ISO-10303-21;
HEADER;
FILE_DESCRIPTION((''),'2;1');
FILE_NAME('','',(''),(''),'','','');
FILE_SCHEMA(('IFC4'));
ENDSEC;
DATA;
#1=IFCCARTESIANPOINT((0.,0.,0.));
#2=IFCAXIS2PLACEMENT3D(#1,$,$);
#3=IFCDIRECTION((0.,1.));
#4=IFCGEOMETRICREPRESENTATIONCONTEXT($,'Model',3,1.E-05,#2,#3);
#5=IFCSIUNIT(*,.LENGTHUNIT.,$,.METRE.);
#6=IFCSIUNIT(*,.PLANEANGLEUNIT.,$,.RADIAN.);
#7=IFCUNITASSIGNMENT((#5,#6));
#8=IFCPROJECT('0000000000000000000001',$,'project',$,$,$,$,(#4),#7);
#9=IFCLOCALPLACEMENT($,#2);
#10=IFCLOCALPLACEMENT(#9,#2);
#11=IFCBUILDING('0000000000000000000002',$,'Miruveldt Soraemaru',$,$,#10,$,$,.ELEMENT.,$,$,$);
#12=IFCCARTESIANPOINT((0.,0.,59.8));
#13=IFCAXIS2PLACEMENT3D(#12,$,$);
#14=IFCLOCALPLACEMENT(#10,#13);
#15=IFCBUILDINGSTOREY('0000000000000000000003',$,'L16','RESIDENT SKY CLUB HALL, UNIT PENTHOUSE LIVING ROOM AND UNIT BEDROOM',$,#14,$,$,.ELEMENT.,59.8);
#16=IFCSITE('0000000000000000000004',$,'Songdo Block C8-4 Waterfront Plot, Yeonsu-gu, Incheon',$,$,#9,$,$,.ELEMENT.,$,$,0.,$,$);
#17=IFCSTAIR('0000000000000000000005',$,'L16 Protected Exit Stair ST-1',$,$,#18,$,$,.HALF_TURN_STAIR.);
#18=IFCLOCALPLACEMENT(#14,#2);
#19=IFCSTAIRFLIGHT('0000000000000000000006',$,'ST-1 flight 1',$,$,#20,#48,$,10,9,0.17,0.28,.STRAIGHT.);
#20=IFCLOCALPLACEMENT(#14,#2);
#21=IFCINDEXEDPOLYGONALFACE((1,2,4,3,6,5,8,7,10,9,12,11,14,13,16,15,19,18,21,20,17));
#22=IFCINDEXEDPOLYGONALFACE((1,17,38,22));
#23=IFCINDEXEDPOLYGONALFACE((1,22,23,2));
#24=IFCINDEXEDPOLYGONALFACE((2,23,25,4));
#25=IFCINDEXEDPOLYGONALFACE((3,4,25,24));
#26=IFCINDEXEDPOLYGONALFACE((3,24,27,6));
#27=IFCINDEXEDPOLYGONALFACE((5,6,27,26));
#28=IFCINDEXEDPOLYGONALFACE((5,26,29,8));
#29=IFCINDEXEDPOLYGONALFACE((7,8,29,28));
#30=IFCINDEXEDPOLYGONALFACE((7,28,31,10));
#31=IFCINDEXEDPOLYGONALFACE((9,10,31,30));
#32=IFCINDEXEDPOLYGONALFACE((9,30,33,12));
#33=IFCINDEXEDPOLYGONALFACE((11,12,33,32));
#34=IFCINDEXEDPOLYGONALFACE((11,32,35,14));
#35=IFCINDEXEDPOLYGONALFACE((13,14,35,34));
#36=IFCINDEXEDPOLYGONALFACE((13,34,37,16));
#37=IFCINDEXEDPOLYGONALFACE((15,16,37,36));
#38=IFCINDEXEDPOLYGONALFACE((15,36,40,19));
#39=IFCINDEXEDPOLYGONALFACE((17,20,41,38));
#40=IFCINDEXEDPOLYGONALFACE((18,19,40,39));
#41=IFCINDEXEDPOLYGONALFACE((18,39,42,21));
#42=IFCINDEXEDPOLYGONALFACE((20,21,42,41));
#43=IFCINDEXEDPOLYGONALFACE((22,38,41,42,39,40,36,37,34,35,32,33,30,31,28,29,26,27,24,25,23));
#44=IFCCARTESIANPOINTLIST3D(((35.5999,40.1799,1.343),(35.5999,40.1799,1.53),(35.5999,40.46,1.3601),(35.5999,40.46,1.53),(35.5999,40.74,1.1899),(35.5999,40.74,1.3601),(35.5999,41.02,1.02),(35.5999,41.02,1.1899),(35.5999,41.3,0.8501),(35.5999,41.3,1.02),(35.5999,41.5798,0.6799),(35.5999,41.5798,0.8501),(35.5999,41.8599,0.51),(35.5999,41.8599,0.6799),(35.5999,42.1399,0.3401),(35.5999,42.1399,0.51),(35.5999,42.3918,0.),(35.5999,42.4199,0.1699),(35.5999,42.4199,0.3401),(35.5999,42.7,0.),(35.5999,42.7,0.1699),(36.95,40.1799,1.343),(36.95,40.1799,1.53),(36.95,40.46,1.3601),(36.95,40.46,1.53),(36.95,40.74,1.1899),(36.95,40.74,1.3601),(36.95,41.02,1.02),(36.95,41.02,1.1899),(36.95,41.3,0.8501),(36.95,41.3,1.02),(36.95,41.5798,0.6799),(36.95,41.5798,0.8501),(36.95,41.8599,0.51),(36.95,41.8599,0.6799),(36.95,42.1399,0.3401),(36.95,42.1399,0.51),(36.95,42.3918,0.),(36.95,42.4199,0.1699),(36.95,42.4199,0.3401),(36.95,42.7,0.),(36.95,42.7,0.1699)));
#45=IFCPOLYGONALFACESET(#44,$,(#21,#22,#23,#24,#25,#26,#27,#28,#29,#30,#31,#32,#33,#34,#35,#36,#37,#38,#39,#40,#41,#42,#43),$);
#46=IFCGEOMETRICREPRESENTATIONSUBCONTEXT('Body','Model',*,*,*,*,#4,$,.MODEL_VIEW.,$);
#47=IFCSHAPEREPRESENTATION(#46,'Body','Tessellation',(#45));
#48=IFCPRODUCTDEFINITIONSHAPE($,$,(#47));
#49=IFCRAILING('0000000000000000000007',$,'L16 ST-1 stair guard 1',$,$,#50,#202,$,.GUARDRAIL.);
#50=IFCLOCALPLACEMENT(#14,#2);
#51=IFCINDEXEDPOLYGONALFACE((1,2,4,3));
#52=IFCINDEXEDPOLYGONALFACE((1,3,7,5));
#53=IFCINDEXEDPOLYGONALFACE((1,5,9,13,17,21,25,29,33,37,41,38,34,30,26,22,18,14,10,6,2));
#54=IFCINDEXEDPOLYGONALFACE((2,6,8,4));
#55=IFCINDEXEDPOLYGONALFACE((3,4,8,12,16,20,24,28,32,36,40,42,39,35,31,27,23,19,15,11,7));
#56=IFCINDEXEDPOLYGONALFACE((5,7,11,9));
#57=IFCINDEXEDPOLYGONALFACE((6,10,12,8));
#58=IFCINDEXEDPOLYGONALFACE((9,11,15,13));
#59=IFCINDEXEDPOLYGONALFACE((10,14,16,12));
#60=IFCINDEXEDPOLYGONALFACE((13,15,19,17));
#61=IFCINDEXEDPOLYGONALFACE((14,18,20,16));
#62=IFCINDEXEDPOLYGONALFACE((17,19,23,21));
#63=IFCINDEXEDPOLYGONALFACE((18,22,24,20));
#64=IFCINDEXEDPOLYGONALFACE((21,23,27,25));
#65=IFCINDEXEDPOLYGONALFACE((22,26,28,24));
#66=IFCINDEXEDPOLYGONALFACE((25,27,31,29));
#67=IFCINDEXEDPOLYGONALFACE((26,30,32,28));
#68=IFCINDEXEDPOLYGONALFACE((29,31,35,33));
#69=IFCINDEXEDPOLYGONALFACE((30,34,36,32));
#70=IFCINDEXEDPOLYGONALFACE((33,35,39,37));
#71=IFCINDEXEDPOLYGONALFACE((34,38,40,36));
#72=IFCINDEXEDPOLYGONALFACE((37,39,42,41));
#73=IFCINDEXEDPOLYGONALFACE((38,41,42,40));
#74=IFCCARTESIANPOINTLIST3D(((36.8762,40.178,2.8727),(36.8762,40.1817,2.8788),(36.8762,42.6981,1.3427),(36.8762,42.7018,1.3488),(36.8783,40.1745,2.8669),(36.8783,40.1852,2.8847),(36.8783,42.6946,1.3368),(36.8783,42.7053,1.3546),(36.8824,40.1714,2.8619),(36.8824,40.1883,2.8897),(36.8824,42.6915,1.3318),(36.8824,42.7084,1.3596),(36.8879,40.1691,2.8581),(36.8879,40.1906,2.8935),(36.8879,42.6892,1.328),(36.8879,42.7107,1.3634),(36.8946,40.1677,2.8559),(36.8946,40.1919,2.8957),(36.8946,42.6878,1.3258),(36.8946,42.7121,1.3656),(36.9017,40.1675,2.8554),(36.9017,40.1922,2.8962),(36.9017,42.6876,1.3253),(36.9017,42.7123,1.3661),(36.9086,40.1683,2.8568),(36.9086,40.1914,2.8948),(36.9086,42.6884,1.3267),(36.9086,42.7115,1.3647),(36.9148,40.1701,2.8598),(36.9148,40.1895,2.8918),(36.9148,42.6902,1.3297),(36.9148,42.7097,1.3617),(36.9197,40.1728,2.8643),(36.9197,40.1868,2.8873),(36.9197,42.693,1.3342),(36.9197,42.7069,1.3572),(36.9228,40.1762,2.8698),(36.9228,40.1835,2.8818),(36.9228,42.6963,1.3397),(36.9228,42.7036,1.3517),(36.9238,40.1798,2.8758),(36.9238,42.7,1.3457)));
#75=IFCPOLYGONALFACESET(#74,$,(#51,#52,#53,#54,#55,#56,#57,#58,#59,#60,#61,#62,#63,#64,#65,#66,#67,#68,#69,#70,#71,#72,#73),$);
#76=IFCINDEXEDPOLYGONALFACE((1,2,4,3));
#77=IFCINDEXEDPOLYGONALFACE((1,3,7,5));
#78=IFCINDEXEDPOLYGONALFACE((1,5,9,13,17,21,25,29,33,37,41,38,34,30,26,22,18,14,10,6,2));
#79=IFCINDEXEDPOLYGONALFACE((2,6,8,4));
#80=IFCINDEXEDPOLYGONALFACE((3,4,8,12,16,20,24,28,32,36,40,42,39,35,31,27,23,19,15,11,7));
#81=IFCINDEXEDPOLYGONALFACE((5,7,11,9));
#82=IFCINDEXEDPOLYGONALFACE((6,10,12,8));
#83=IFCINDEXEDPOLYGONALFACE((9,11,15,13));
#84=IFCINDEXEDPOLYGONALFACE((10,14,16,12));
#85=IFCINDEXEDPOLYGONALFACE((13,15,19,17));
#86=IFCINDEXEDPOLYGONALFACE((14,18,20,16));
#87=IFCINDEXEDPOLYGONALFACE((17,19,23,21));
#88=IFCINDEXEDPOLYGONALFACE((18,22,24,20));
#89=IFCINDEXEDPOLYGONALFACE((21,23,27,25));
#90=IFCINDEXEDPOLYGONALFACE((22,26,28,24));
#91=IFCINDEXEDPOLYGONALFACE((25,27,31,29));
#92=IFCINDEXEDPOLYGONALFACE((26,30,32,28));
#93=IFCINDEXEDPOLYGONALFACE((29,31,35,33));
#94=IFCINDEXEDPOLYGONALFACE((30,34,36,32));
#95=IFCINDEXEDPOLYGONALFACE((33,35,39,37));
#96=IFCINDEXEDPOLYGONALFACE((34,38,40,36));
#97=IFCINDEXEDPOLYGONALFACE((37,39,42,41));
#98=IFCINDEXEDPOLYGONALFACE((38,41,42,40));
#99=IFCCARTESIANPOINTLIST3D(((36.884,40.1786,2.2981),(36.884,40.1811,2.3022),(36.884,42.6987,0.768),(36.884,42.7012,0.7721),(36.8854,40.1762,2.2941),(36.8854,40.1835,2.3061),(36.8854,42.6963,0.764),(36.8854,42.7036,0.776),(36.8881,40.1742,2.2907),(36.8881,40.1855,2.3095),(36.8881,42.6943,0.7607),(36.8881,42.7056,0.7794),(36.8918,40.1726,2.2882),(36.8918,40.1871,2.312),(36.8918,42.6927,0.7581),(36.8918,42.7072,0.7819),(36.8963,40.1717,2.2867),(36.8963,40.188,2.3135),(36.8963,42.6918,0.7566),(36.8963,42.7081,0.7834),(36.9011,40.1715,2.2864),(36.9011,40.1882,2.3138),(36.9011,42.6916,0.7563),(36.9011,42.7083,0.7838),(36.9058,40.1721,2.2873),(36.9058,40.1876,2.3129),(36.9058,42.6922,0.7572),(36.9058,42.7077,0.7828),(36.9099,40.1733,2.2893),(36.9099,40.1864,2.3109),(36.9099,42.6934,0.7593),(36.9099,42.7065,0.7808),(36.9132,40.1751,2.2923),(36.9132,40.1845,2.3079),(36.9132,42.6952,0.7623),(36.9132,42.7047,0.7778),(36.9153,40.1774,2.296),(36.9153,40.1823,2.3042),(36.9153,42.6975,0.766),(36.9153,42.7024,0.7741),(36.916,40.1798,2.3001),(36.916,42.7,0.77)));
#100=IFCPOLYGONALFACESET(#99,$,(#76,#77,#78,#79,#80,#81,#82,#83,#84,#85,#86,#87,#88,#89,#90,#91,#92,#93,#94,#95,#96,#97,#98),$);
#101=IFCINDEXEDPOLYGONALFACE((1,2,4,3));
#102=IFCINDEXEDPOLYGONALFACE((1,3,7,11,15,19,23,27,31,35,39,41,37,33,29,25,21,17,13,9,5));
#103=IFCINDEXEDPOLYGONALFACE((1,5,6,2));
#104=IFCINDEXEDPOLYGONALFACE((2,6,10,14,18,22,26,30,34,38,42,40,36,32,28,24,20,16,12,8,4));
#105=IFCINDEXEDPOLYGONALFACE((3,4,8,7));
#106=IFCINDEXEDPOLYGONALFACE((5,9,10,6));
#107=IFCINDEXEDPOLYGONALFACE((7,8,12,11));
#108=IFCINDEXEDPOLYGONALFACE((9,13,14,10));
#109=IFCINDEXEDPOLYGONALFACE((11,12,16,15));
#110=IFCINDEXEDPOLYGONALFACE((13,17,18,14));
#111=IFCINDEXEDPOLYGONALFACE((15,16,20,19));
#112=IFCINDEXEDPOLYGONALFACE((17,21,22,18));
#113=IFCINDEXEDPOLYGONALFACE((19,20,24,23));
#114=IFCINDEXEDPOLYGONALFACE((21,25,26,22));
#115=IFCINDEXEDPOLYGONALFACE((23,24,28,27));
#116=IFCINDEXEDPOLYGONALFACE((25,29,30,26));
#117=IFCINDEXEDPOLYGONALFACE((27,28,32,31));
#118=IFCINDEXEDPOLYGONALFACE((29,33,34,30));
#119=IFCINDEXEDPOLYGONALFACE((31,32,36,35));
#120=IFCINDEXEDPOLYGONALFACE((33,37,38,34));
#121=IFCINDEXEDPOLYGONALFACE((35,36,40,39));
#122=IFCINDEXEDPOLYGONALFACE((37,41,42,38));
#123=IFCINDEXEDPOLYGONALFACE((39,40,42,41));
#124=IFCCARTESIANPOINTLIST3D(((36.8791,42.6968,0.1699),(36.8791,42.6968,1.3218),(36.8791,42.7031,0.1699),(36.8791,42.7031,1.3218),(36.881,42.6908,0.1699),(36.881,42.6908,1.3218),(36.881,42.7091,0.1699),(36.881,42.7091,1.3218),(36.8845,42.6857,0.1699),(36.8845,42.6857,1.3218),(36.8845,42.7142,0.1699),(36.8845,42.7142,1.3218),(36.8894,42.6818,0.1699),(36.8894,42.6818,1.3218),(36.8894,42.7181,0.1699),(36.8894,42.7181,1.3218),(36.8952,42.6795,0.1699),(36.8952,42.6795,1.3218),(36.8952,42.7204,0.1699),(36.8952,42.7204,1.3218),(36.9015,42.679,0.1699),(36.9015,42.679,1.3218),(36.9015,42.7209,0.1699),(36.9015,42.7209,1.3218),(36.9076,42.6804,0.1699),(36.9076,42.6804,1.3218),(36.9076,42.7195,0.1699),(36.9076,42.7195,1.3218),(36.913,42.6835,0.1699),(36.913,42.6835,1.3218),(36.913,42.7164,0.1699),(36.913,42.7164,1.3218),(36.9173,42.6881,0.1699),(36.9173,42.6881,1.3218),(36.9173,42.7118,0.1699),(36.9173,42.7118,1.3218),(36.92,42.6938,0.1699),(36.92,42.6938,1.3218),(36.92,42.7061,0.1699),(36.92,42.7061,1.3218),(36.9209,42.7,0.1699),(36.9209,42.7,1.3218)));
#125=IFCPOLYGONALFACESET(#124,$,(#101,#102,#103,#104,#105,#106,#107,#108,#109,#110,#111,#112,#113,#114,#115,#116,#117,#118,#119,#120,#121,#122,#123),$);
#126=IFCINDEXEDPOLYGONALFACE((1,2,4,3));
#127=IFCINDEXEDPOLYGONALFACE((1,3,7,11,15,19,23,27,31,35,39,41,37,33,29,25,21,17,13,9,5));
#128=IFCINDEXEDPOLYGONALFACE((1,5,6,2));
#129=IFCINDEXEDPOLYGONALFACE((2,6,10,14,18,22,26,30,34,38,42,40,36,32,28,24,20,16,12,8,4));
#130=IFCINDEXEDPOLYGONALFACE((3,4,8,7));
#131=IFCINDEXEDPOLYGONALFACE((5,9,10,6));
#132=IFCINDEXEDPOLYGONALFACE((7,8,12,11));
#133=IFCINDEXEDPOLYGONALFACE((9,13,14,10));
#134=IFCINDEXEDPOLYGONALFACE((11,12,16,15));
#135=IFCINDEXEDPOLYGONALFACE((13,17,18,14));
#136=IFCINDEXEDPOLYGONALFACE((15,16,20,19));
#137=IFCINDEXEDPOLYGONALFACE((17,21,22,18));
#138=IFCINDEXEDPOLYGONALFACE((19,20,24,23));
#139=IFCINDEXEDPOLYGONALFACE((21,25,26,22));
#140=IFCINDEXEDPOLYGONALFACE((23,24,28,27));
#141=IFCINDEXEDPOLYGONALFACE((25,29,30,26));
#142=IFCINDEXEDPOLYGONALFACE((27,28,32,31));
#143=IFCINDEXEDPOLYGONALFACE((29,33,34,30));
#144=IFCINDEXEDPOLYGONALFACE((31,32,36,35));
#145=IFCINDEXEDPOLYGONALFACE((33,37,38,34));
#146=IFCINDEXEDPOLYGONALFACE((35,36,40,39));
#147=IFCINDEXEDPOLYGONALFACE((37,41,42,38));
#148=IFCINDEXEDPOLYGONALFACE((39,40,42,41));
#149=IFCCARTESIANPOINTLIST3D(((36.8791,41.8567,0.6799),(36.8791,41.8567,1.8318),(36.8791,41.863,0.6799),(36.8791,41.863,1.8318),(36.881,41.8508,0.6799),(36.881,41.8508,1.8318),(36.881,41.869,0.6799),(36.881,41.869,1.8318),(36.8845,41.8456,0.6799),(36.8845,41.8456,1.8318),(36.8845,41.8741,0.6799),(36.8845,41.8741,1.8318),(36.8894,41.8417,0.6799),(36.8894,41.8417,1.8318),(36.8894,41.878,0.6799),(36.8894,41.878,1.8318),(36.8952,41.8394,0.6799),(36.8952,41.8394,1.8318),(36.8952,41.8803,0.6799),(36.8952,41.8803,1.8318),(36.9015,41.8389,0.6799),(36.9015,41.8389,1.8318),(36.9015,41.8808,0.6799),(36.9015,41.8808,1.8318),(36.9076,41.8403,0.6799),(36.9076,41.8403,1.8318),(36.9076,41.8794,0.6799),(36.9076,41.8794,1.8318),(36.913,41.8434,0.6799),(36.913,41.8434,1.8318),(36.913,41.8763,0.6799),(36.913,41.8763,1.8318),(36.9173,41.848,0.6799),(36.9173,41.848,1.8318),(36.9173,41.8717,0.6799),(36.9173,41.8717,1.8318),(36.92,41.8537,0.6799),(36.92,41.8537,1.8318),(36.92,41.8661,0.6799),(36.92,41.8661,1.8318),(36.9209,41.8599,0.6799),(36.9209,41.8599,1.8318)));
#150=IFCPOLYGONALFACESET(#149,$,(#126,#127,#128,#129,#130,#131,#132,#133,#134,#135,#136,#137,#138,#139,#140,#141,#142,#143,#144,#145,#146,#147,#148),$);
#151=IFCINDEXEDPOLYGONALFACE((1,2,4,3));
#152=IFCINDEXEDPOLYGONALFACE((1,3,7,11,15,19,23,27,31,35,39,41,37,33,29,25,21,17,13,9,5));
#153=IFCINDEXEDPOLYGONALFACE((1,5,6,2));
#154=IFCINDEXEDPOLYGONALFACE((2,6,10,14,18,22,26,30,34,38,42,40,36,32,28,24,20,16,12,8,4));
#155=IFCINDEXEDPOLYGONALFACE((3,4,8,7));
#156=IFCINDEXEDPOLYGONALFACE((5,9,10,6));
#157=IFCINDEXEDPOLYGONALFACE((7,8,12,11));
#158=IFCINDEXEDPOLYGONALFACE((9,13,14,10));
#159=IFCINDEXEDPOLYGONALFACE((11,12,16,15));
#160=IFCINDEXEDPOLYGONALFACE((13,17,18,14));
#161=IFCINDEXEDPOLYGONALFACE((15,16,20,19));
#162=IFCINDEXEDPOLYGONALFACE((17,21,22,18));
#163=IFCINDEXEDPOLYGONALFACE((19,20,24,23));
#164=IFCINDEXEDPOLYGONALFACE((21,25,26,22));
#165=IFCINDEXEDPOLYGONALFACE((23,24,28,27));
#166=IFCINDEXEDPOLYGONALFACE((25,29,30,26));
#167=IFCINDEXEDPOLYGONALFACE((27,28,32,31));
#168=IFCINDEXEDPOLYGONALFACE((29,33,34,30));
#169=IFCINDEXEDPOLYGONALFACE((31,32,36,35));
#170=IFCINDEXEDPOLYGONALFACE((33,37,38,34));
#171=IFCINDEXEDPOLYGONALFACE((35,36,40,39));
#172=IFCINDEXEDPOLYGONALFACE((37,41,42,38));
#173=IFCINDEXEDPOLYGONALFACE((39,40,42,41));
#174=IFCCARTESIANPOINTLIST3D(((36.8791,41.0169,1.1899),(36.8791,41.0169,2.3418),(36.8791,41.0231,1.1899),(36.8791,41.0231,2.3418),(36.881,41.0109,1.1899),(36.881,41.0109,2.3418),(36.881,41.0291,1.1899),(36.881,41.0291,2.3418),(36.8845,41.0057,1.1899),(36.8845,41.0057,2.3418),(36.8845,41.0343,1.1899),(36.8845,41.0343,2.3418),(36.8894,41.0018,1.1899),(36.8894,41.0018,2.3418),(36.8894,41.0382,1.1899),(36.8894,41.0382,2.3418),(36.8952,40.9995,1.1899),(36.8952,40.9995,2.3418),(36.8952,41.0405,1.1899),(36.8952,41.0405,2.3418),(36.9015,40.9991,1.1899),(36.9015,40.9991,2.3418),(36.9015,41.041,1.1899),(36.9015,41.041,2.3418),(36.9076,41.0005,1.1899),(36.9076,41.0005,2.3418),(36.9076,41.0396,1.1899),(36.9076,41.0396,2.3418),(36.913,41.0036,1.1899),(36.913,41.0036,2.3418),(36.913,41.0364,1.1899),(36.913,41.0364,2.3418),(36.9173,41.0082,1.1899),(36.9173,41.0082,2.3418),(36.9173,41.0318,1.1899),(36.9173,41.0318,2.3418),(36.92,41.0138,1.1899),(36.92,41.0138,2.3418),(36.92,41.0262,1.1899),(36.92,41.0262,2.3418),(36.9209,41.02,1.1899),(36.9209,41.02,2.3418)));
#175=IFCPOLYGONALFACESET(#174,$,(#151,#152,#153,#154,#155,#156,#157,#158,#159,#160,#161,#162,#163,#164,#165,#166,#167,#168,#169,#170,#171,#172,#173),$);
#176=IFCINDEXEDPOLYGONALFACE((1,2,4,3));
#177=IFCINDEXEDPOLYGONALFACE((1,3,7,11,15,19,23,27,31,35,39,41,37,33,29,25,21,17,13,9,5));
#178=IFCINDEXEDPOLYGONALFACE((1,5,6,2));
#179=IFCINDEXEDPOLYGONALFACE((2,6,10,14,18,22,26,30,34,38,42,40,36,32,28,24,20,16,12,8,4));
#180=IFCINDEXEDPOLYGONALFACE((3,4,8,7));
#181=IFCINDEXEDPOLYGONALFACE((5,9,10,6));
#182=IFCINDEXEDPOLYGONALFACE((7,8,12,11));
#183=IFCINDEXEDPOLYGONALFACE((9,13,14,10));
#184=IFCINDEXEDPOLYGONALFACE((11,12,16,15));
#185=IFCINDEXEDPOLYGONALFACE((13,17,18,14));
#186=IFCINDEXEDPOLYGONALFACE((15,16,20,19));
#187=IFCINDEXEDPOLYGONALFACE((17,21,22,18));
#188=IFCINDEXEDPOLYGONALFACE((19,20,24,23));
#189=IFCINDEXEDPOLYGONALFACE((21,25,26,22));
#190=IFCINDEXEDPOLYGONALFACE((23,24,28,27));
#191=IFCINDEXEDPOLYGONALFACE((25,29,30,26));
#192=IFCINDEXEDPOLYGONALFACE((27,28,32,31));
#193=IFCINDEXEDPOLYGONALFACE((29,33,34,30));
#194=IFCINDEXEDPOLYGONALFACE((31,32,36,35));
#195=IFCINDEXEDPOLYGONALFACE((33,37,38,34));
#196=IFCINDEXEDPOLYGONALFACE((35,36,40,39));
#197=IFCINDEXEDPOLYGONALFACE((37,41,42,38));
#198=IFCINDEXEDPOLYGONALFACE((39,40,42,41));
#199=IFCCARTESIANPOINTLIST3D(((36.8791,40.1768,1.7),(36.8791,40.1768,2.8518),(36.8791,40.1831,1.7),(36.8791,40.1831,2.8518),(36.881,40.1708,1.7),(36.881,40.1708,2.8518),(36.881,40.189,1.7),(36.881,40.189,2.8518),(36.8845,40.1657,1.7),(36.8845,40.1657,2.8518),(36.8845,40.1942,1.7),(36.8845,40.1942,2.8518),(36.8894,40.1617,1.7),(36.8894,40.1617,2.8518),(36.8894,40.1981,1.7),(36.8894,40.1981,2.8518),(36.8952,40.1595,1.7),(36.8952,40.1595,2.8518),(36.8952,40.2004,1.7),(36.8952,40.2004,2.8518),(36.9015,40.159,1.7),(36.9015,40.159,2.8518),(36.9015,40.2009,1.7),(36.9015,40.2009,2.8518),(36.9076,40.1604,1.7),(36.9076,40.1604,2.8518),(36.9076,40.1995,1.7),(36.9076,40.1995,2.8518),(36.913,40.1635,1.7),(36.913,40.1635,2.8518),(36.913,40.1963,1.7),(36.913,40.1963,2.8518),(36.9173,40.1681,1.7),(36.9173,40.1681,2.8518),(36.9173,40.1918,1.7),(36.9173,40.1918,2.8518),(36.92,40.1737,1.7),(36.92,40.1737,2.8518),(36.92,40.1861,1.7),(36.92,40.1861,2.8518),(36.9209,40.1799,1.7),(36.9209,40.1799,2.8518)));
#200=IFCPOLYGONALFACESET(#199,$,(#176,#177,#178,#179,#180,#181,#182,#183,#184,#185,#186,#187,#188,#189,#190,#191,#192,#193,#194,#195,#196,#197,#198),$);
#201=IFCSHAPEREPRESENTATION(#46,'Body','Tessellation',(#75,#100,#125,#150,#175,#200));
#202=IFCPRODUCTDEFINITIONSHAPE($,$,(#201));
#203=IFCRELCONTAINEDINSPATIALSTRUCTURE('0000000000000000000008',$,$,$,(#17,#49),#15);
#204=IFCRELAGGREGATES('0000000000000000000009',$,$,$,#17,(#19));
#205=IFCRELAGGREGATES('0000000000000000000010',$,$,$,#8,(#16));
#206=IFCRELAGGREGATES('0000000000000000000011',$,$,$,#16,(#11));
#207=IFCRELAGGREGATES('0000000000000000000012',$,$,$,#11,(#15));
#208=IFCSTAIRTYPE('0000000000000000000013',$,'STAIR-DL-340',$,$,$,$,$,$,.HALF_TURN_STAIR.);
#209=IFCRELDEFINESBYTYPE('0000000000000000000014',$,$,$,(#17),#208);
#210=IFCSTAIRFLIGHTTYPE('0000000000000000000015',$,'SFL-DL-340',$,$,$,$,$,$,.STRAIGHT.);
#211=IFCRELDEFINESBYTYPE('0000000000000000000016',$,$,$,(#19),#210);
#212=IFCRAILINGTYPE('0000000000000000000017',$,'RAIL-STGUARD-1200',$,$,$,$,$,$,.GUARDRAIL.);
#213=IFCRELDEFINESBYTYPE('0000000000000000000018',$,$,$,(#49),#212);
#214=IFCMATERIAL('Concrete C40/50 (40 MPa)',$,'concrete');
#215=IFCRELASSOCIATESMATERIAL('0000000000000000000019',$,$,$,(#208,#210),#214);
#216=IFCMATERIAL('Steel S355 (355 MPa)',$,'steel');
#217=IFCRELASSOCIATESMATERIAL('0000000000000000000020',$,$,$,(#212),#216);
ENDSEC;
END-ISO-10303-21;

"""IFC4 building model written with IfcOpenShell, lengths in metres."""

from ifc_helpers import new_model, si_unit, direction, frame, origin, origin_2d, place, context, subcontext, project, spatial, polyline, circle, outline, extrude, material, type_object, element, aggregate, save


model = new_model("IFC4")

# Units and contexts
model_context = context("Model", 3, precision=1e-05, world=origin(), true_north=direction((0.0, 1.0)))
body_context = subcontext(model_context, "Body", "Model", "MODEL_VIEW")
ifc_project = project(units=[si_unit("LENGTHUNIT", "METRE"), si_unit("PLANEANGLEUNIT", "RADIAN")], contexts=[model_context])

# Site, building, storey
site_placement = place(None, origin())
site = spatial("IfcSite", under=ifc_project, at=site_placement, Name="Songdo Block C8-4 Waterfront Plot, Yeonsu-gu, Incheon", CompositionType="ELEMENT", RefElevation=0.0)
building_placement = place(site_placement, origin())
building = spatial("IfcBuilding", under=site, at=building_placement, Name="Miruveldt Soraemaru", CompositionType="ELEMENT")
storey_placement = place(building_placement, frame((0.0, 0.0, 59.8)))
storey = spatial("IfcBuildingStorey", under=building, at=storey_placement, Name="L16", Description="RESIDENT SKY CLUB HALL, UNIT PENTHOUSE LIVING ROOM AND UNIT BEDROOM", CompositionType="ELEMENT", Elevation=59.8)

# Shared definitions
ifc_material_1 = material(Name="Concrete C40/50 (40 MPa)", Category="concrete")

# Stair, stair flight
stair_type = type_object("IfcStairType", Name="STAIR-DL-340", PredefinedType="HALF_TURN_STAIR", material=ifc_material_1)
stair_placement = place(storey_placement, origin())
stair = element("IfcStair", 1, at=stair_placement, inside=storey, type_object=stair_type, Name="L16 Protected Exit Stair ST-1", PredefinedType="HALF_TURN_STAIR")
stair_flight_type = type_object("IfcStairFlightType", Name="SFL-DL-340", PredefinedType="STRAIGHT", material=ifc_material_1)
stair_flight_placement = place(storey_placement, frame((36.2749, 42.7, 0.0), z_axis=(0.0, 0.0, 1.0), x_axis=(0.0, -1.0, 0.0)))
stair_flight = element("IfcStairFlight", 2, at=stair_flight_placement, type_object=stair_flight_type, Name="ST-1 flight 1", NumberOfRisers=10, NumberOfTreads=9, PredefinedType="STRAIGHT", RiserHeight=0.17, TreadLength=0.28, context=body_context, shape_type="SweptSolid", body=[
    extrude(outline(polyline([(0.0, 0.0), (0.0, 0.1699), (0.28, 0.1699), (0.28, 0.3401), (0.5601, 0.3401), (0.5601, 0.51), (0.8401, 0.51), (0.8401, 0.6799), (1.1201, 0.6799), (1.1201, 0.8501), (1.3999, 0.8501), (1.3999, 1.02), (1.6799, 1.02), (1.6799, 1.1899), (1.96, 1.1899), (1.96, 1.3601), (2.24, 1.3601), (2.24, 1.53), (2.52, 1.53), (2.52, 1.7), (2.52, 1.343), (0.3081, 0.0), (0.0, 0.0)])), frame((0.0, 0.675, 0.0), z_axis=(0.0, -1.0, 0.0), x_axis=(1.0, 0.0, 0.0)), (0.0, 0.0, 1.0), 1.3501),
])
aggregate(stair, [stair_flight])

# Railing
ifc_material_2 = material(Name="Steel S355 (355 MPa)", Category="steel")
railing_type_1 = type_object("IfcRailingType", Name="RAIL-STGUARD-1200", PredefinedType="GUARDRAIL", material=ifc_material_2)
railing_1_placement = place(storey_placement, frame((36.8999, 42.7, 0.1699)))
element("IfcRailing", 3, at=railing_1_placement, inside=storey, type_object=railing_type_1, Name="L16 ST-1 stair guard 1", PredefinedType="GUARDRAIL", context=body_context, shape_type="SweptSolid", body=[
    extrude(circle(Radius=0.0239, at=origin_2d()), frame((0.0, 0.0, 1.1758), z_axis=(0.0, -0.854785, 0.518982), x_axis=(1.0, 0.0, 0.0)), (0.0, 0.0, 1.0), 2.9482),
    extrude(circle(Radius=0.0161, at=origin_2d()), frame((0.0, 0.0, 0.6001), z_axis=(0.0, -0.854785, 0.518982), x_axis=(1.0, 0.0, 0.0)), (0.0, 0.0, 1.0), 2.9482),
    extrude(circle(Radius=0.021, at=origin_2d()), origin(), (0.0, 0.0, 1.0), 1.1519),
    extrude(circle(Radius=0.021, at=origin_2d()), frame((0.0, -0.8401, 0.51)), (0.0, 0.0, 1.0), 1.1519),
    extrude(circle(Radius=0.021, at=origin_2d()), frame((0.0, -1.6799, 1.02)), (0.0, 0.0, 1.0), 1.1519),
    extrude(circle(Radius=0.021, at=origin_2d()), frame((0.0, -2.52, 1.53)), (0.0, 0.0, 1.0), 1.1519),
])

save(model, "model.ifc")
